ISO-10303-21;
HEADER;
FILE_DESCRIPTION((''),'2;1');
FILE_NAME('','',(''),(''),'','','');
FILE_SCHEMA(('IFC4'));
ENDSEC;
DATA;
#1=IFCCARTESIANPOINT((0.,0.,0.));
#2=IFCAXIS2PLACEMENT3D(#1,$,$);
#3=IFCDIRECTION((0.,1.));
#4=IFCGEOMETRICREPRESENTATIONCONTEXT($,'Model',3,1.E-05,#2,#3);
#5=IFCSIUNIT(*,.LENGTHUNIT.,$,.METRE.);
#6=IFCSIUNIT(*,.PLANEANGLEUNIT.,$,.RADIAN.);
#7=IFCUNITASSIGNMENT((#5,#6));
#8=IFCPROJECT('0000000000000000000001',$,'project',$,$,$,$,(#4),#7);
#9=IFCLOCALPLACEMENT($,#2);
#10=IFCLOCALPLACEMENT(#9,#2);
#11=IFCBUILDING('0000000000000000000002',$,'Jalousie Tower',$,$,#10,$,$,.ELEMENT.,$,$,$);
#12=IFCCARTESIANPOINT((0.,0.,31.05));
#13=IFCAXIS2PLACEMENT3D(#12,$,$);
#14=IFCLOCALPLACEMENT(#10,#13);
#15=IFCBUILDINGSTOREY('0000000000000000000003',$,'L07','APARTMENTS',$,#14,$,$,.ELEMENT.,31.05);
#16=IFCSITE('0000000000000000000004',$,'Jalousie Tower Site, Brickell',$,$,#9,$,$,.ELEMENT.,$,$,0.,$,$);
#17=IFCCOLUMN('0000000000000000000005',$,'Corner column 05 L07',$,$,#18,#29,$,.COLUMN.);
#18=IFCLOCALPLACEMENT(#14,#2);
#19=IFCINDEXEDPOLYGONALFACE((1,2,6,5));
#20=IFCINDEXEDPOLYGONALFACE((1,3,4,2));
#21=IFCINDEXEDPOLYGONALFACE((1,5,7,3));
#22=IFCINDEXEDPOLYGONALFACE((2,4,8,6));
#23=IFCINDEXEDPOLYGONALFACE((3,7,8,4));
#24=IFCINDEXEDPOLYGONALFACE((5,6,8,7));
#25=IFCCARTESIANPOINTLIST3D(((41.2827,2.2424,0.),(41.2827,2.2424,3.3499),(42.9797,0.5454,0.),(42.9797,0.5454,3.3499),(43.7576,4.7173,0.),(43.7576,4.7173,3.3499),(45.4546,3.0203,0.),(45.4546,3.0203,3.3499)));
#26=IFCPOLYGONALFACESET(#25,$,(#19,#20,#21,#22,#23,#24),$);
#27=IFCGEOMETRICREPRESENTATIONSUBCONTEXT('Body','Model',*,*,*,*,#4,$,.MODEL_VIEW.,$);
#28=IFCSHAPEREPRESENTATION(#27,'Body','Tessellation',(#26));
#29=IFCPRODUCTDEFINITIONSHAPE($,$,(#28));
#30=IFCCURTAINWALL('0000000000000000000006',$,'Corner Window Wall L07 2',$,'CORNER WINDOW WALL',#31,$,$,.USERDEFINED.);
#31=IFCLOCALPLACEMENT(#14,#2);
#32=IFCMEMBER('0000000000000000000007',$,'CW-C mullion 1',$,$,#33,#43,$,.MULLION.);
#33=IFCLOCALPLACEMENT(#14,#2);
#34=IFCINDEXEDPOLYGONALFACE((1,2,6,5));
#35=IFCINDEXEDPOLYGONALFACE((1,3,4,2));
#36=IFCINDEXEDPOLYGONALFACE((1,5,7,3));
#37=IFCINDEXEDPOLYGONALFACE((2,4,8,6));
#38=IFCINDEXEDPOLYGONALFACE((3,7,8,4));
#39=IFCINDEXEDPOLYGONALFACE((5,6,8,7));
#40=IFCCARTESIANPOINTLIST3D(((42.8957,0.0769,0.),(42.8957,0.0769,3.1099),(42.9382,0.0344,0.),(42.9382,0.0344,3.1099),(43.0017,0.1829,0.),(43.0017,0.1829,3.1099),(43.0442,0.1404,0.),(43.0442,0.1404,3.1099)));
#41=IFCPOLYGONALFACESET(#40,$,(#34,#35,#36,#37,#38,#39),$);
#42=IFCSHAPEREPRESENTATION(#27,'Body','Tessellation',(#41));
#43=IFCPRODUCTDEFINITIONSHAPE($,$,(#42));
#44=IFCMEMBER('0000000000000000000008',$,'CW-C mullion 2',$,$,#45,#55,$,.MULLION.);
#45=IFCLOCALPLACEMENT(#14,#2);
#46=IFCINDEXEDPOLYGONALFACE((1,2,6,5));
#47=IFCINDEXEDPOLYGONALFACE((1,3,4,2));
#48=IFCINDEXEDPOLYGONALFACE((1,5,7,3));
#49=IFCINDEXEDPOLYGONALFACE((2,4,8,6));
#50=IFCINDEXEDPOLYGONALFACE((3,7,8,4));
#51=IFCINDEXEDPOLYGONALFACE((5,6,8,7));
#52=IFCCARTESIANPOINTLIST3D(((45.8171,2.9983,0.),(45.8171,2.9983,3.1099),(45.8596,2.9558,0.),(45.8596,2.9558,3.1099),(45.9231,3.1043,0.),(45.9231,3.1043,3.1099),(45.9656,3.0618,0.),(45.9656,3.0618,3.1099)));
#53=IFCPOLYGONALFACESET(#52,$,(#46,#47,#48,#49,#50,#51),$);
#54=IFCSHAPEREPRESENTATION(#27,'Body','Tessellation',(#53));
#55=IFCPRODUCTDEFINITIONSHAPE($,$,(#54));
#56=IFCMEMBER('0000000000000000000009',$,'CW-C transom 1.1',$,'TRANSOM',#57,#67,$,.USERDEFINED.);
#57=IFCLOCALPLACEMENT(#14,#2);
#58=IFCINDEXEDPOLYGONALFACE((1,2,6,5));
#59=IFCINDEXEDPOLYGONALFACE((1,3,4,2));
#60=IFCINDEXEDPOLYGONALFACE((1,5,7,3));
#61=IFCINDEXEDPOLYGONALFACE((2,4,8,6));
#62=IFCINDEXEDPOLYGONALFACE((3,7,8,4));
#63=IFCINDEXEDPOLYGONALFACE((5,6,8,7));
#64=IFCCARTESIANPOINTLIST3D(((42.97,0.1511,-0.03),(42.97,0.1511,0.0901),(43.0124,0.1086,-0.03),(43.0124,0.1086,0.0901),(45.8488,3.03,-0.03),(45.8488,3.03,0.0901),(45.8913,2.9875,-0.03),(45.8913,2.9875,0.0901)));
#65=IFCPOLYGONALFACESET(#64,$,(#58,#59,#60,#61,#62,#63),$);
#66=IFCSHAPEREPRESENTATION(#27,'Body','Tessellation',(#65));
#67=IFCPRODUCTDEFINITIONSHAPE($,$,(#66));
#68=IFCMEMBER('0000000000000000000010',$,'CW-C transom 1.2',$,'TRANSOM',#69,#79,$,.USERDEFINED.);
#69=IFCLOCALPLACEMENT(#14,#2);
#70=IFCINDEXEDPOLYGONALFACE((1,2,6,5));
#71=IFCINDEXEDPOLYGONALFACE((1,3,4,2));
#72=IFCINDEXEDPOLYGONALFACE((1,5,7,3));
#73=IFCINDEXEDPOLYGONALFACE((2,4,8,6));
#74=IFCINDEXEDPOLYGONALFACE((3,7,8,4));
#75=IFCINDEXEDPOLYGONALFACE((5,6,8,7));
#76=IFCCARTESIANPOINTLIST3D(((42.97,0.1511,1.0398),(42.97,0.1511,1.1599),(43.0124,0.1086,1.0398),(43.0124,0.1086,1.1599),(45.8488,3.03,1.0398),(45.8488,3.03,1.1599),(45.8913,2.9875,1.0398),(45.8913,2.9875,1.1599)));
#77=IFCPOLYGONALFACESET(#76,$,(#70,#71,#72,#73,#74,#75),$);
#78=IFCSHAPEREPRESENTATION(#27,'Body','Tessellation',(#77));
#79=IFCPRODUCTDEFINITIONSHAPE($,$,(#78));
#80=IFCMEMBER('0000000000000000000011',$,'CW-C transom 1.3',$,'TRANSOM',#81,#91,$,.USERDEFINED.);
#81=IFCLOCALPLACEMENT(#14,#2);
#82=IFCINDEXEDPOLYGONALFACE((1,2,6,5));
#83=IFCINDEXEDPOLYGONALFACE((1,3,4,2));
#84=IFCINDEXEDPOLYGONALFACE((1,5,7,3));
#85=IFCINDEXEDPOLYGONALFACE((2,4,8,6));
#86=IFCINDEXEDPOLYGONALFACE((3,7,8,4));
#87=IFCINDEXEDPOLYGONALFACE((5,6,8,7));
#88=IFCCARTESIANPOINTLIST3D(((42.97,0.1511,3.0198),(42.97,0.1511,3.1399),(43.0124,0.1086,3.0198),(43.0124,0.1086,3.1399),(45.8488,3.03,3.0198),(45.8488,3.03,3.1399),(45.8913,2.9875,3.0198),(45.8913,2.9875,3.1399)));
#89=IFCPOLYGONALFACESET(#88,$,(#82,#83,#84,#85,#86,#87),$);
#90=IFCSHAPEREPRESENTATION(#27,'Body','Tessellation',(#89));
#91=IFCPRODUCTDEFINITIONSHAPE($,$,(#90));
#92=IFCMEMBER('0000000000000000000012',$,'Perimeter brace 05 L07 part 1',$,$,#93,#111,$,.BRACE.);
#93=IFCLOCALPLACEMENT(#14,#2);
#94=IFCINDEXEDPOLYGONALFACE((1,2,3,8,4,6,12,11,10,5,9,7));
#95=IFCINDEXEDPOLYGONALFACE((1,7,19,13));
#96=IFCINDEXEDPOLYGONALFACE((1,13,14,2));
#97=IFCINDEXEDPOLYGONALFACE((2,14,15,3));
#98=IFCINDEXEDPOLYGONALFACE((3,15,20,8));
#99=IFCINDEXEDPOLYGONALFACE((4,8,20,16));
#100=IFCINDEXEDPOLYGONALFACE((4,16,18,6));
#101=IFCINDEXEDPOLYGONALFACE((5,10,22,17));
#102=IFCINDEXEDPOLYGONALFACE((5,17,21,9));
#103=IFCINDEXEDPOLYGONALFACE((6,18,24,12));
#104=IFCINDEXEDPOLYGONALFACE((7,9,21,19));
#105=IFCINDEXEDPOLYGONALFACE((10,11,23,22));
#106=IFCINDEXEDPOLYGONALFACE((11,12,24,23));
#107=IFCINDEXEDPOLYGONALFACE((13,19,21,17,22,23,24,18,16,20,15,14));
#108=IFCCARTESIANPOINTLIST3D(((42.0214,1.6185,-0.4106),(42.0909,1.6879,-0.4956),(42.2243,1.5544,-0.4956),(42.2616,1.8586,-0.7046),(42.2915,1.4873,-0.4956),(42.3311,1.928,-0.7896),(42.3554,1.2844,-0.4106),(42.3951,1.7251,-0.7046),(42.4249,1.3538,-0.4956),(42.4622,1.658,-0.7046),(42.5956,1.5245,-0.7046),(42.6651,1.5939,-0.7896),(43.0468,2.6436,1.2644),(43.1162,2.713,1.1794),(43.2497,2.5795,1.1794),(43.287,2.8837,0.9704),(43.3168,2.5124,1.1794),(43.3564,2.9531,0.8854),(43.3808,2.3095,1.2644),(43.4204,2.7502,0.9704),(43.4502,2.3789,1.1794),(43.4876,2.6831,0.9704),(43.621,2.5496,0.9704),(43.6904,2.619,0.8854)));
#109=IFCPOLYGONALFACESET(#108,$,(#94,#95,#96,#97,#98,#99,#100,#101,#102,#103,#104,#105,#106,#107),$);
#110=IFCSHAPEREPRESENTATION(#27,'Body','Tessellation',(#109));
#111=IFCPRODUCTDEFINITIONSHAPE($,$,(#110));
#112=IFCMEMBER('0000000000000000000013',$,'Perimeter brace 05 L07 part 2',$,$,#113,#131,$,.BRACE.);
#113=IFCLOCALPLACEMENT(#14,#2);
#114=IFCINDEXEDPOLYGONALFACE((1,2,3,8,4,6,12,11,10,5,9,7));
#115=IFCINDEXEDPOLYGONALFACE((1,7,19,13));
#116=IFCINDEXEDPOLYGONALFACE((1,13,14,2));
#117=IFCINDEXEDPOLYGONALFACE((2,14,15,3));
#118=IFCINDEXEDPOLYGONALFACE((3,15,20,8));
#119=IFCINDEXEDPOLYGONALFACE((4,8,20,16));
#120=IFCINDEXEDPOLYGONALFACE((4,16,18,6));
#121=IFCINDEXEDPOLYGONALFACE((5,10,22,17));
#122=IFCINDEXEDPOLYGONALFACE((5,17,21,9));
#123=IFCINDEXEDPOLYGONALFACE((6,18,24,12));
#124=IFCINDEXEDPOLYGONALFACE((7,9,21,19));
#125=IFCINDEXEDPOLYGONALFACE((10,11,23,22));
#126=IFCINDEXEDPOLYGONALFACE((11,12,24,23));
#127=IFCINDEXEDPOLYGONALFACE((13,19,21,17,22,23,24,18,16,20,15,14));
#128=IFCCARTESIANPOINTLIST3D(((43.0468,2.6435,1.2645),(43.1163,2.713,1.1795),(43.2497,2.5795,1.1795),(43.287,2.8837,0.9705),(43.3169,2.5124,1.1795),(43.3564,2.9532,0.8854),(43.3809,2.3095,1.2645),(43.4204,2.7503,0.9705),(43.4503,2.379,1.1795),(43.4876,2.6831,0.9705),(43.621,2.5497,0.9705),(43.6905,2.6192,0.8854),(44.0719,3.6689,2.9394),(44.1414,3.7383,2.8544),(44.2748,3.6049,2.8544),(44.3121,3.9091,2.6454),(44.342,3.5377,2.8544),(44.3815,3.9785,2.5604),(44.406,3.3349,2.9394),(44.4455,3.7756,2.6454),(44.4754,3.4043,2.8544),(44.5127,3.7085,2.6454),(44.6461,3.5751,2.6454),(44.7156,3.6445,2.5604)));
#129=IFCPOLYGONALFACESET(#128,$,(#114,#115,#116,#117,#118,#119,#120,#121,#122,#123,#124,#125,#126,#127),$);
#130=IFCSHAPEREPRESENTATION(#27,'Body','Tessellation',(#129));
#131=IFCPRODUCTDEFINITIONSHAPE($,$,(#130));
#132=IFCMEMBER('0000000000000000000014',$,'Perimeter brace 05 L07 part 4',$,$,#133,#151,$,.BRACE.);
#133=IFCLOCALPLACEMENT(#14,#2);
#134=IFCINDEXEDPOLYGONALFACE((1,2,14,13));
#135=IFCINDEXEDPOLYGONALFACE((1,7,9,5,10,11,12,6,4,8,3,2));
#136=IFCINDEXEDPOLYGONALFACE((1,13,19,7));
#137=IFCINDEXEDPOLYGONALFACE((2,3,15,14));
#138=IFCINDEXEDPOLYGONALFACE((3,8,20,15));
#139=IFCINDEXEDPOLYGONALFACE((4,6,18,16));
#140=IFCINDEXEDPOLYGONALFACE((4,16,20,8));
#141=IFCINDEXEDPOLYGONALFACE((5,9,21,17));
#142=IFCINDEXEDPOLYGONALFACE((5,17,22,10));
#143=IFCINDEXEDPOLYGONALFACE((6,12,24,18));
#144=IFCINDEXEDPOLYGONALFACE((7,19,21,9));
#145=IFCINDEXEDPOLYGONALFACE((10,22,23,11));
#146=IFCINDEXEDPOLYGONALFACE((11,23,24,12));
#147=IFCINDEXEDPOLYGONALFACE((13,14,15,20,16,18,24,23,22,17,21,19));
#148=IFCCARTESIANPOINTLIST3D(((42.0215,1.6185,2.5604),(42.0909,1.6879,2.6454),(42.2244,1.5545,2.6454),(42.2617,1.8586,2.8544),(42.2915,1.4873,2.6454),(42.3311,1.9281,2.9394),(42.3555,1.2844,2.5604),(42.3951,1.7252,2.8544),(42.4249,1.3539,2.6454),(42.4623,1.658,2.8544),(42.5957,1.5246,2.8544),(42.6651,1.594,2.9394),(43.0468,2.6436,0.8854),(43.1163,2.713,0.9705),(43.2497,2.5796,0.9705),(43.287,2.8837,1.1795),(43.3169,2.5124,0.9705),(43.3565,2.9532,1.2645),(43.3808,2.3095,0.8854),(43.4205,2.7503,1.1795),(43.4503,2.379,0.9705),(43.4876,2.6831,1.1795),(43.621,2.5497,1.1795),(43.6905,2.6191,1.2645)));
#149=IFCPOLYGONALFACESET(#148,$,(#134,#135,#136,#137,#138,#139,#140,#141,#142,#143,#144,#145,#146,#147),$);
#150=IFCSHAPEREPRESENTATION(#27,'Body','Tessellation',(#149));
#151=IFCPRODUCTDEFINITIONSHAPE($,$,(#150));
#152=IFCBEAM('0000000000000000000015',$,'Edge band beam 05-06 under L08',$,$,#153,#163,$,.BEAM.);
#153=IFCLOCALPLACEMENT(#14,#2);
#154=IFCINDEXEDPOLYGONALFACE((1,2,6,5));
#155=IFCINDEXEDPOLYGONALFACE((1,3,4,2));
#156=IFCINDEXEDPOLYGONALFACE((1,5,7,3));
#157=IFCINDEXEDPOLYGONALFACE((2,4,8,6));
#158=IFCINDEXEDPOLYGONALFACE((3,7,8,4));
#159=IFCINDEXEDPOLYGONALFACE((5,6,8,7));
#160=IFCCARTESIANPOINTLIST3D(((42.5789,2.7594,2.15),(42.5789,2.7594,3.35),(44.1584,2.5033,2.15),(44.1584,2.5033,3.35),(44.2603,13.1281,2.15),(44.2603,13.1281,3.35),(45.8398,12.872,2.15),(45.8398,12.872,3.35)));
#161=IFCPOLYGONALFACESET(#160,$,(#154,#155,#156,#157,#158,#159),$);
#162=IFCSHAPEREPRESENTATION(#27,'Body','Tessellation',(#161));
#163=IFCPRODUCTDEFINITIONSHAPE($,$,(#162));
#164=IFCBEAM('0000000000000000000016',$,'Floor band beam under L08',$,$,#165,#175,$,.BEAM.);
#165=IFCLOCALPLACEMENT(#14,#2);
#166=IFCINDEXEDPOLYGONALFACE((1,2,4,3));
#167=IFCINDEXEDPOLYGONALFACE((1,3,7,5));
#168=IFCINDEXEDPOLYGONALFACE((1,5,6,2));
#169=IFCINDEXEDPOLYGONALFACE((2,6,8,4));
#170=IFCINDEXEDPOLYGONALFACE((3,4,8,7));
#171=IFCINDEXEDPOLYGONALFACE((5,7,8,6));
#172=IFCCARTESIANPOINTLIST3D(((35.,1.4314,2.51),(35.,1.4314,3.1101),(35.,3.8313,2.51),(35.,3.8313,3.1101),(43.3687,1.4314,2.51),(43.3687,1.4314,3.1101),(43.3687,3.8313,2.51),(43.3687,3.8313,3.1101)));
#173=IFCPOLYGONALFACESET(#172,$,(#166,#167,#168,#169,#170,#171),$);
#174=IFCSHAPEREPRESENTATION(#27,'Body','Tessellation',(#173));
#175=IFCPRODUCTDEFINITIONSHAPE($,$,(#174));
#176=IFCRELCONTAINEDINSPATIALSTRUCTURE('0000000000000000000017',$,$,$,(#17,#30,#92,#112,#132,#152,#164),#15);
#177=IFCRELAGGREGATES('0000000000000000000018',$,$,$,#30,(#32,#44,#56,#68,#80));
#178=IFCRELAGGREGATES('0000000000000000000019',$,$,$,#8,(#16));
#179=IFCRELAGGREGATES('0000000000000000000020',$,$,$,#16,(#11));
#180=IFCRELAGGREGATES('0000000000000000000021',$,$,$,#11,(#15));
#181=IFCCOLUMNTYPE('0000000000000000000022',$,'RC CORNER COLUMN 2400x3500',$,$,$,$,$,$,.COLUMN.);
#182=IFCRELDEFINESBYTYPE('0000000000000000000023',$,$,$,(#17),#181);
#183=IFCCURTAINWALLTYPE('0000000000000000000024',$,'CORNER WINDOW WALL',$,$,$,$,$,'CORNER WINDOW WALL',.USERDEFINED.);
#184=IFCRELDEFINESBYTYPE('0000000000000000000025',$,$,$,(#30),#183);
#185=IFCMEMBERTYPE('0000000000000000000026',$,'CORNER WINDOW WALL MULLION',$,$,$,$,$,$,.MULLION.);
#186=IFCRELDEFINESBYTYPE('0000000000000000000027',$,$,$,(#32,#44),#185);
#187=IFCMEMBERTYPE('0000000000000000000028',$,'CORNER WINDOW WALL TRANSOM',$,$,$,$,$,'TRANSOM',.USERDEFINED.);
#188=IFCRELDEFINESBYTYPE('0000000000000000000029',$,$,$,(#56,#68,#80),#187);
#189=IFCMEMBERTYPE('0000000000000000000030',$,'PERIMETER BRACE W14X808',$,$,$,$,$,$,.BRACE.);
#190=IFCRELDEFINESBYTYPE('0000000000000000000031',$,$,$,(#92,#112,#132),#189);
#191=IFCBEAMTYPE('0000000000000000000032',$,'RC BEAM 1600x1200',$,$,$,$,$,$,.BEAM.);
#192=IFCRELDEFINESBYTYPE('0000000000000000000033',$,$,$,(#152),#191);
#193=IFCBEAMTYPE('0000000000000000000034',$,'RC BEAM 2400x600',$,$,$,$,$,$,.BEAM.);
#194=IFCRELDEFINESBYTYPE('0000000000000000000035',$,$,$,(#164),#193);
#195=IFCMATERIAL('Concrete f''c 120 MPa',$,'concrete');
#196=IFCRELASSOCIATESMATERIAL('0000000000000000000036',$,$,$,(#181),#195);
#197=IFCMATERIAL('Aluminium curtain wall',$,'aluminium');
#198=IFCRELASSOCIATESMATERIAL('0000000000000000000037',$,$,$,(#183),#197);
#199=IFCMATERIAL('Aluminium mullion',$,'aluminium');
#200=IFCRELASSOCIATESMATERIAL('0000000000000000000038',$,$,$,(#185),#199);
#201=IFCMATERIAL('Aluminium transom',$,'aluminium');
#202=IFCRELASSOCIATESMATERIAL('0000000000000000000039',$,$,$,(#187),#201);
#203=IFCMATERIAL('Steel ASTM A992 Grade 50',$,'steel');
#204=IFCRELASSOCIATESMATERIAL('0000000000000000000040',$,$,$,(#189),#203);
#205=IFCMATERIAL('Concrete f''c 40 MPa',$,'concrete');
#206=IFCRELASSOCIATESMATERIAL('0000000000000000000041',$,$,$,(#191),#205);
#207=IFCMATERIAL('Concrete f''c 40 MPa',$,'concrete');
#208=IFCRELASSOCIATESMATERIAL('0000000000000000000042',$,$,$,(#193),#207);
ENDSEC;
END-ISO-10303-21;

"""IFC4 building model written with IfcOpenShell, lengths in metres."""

from ifc_helpers import new_model, si_unit, direction, frame, origin, origin_2d, place, context, subcontext, project, spatial, rectangle, i_section, extrude, material, material_profile, profile_set, type_object, element, aggregate, save


model = new_model("IFC4")

# Units and contexts
model_context = context("Model", 3, precision=1e-05, world=origin(), true_north=direction((0.0, 1.0)))
body_context = subcontext(model_context, "Body", "Model", "MODEL_VIEW")
ifc_project = project(units=[si_unit("LENGTHUNIT", "METRE"), si_unit("PLANEANGLEUNIT", "RADIAN")], contexts=[model_context])

# Site, building, storey
site_placement = place(None, origin())
site = spatial("IfcSite", under=ifc_project, at=site_placement, Name="Jalousie Tower Site, Brickell", CompositionType="ELEMENT", RefElevation=0.0)
building_placement = place(site_placement, origin())
building = spatial("IfcBuilding", under=site, at=building_placement, Name="Jalousie Tower", CompositionType="ELEMENT")
storey_placement = place(building_placement, frame((0.0, 0.0, 31.05)))
storey = spatial("IfcBuildingStorey", under=building, at=storey_placement, Name="L07", Description="APARTMENTS", CompositionType="ELEMENT", Elevation=31.05)

# Column
ifc_material_1 = material(Name="Concrete f'c 120 MPa", Category="concrete")
ifc_material_profile_1 = material_profile(ifc_material_1, rectangle(XDim=2.3999, YDim=3.5, at=origin_2d()), Name="RC 2400x3500")
ifc_profile_set_1 = profile_set([ifc_material_profile_1], Name="Concrete f'c 120 MPa")
column_type = type_object("IfcColumnType", Name="RC CORNER COLUMN 2400x3500", PredefinedType="COLUMN", material=ifc_profile_set_1)
column_placement = place(storey_placement, frame((43.3687, 2.6313, 0.0), z_axis=(0.0, 0.0, 1.0), x_axis=(-0.707107, 0.707107, 0.0)))
element("IfcColumn", 1, at=column_placement, inside=storey, type_object=column_type, Name="Corner column 05 L07", PredefinedType="COLUMN", context=body_context, shape_type="SweptSolid", body=[
    extrude(rectangle(XDim=2.3999, YDim=3.5, at=origin_2d()), origin(), (0.0, 0.0, 1.0), 3.3499),
])

# Curtain wall, members
ifc_material_2 = material(Name="Aluminium curtain wall", Category="aluminium")
curtain_wall_type_1 = type_object("IfcCurtainWallType", Name="CORNER WINDOW WALL", ElementType="CORNER WINDOW WALL", PredefinedType="USERDEFINED", material=ifc_material_2)
curtain_wall_1_placement = place(storey_placement, origin())
curtain_wall_1 = element("IfcCurtainWall", 2, at=curtain_wall_1_placement, inside=storey, type_object=curtain_wall_type_1, Name="Corner Window Wall L07 2", ObjectType="CORNER WINDOW WALL", PredefinedType="USERDEFINED")
ifc_material_3 = material(Name="Aluminium mullion", Category="aluminium")
ifc_material_profile_2 = material_profile(ifc_material_3, rectangle(XDim=0.0601, YDim=0.1499, at=origin_2d()), Name="MULLION 60x150")
ifc_profile_set_2 = profile_set([ifc_material_profile_2], Name="Aluminium mullion")
member_type_1 = type_object("IfcMemberType", Name="CORNER WINDOW WALL MULLION", PredefinedType="MULLION", material=ifc_profile_set_2)
member_1_placement = place(storey_placement, frame((42.97, 0.1086, 0.0), z_axis=(0.0, 0.0, 1.0), x_axis=(-0.707107, 0.707107, 0.0)))
member_1 = element("IfcMember", 3, at=member_1_placement, type_object=member_type_1, Name="CW-C mullion 1", PredefinedType="MULLION", context=body_context, shape_type="SweptSolid", body=[
    extrude(rectangle(XDim=0.0601, YDim=0.1499, at=origin_2d()), origin(), (0.0, 0.0, 1.0), 3.1099),
])
member_2_placement = place(storey_placement, frame((45.8914, 3.03, 0.0), z_axis=(0.0, 0.0, 1.0), x_axis=(-0.707107, 0.707107, 0.0)))
member_2 = element("IfcMember", 4, at=member_2_placement, type_object=member_type_1, Name="CW-C mullion 2", PredefinedType="MULLION", context=body_context, shape_type="SweptSolid", body=[
    extrude(rectangle(XDim=0.0601, YDim=0.1499, at=origin_2d()), origin(), (0.0, 0.0, 1.0), 3.1099),
])
ifc_material_4 = material(Name="Aluminium transom", Category="aluminium")
ifc_material_profile_3 = material_profile(ifc_material_4, rectangle(XDim=0.0601, YDim=0.1201, at=origin_2d()), Name="TRANSOM 60x120")
ifc_profile_set_3 = profile_set([ifc_material_profile_3], Name="Aluminium transom")
member_type_2 = type_object("IfcMemberType", Name="CORNER WINDOW WALL TRANSOM", ElementType="TRANSOM", PredefinedType="USERDEFINED", material=ifc_profile_set_3)
member_3_placement = place(storey_placement, frame((42.9912, 0.1299, 0.03), z_axis=(0.707107, 0.707107, 0.0), x_axis=(-0.707107, 0.707107, 0.0)))
member_3 = element("IfcMember", 5, at=member_3_placement, type_object=member_type_2, Name="CW-C transom 1.1", ObjectType="TRANSOM", PredefinedType="USERDEFINED", context=body_context, shape_type="SweptSolid", body=[
    extrude(rectangle(XDim=0.0601, YDim=0.1201, at=origin_2d()), origin(), (0.0, 0.0, 1.0), 4.0713),
])
member_4_placement = place(storey_placement, frame((42.9912, 0.1299, 1.0999), z_axis=(0.707107, 0.707107, 0.0), x_axis=(-0.707107, 0.707107, 0.0)))
member_4 = element("IfcMember", 6, at=member_4_placement, type_object=member_type_2, Name="CW-C transom 1.2", ObjectType="TRANSOM", PredefinedType="USERDEFINED", context=body_context, shape_type="SweptSolid", body=[
    extrude(rectangle(XDim=0.0601, YDim=0.1201, at=origin_2d()), origin(), (0.0, 0.0, 1.0), 4.0713),
])
member_5_placement = place(storey_placement, frame((42.9912, 0.1299, 3.0798), z_axis=(0.707107, 0.707107, 0.0), x_axis=(-0.707107, 0.707107, 0.0)))
member_5 = element("IfcMember", 7, at=member_5_placement, type_object=member_type_2, Name="CW-C transom 1.3", ObjectType="TRANSOM", PredefinedType="USERDEFINED", context=body_context, shape_type="SweptSolid", body=[
    extrude(rectangle(XDim=0.0601, YDim=0.1201, at=origin_2d()), origin(), (0.0, 0.0, 1.0), 4.0713),
])

# Members
ifc_material_5 = material(Name="Steel ASTM A992 Grade 50", Category="steel")
ifc_material_profile_4 = material_profile(ifc_material_5, i_section(OverallWidth=0.4724, OverallDepth=0.5791, WebThickness=0.095, FlangeThickness=0.1299, at=origin_2d()), Name="W14X808")
ifc_profile_set_4 = profile_set([ifc_material_profile_4], Name="Steel ASTM A992 Grade 50")
member_type_3 = type_object("IfcMemberType", Name="PERIMETER BRACE W14X808", PredefinedType="BRACE", material=ifc_profile_set_4)
for number, where, z_axis, x_axis, name in (
    (8, (42.3433, 1.6062, -0.6001), (0.46284, 0.46273, 0.756082), (-0.707023, 0.707191, 0.0), "Perimeter brace 05 L07 part 1"),
    (9, (43.3687, 2.6313, 1.075), (0.46273, 0.46284, 0.756082), (-0.707191, 0.707023, 0.0), "Perimeter brace 05 L07 part 2"),
    (10, (43.3687, 2.6313, 1.075), (-0.46284, -0.46273, 0.756082), (0.707023, -0.707191, 0.0), "Perimeter brace 05 L07 part 4"),
):
    element("IfcMember", number, at=place(storey_placement, frame(where, z_axis=z_axis, x_axis=x_axis)), inside=storey, type_object=member_type_3, Name=name, PredefinedType="BRACE", context=body_context, shape_type="SweptSolid", body=[
        extrude(i_section(OverallWidth=0.4724, OverallDepth=0.5791, WebThickness=0.095, FlangeThickness=0.1299, at=origin_2d()), origin(), (0.0, 0.0, 1.0), 2.2153),
    ])

# Beams
ifc_material_6 = material(Name="Concrete f'c 40 MPa", Category="concrete")
ifc_material_profile_5 = material_profile(ifc_material_6, rectangle(XDim=1.6001, YDim=1.2, at=origin_2d()), Name="RC 1600x1200")
ifc_profile_set_5 = profile_set([ifc_material_profile_5], Name="Concrete f'c 40 MPa")
beam_type_1 = type_object("IfcBeamType", Name="RC BEAM 1600x1200", PredefinedType="BEAM", material=ifc_profile_set_5)
beam_1_placement = place(storey_placement, frame((43.3687, 2.6313, 2.75), z_axis=(0.160071, 0.987106, 0.0), x_axis=(-0.987106, 0.160071, 0.0)))
element("IfcBeam", 11, at=beam_1_placement, inside=storey, type_object=beam_type_1, Name="Edge band beam 05-06 under L08", PredefinedType="BEAM", context=body_context, shape_type="SweptSolid", body=[
    extrude(rectangle(XDim=1.6001, YDim=1.2, at=origin_2d()), origin(), (0.0, 0.0, 1.0), 10.5042),
])
ifc_material_7 = material(Name="Concrete f'c 40 MPa", Category="concrete")
ifc_material_profile_6 = material_profile(ifc_material_7, rectangle(XDim=2.3999, YDim=0.6001, at=origin_2d()), Name="RC 2400x600")
ifc_profile_set_6 = profile_set([ifc_material_profile_6], Name="Concrete f'c 40 MPa")
beam_type_2 = type_object("IfcBeamType", Name="RC BEAM 2400x600", PredefinedType="BEAM", material=ifc_profile_set_6)
beam_2_placement = place(storey_placement, frame((43.3687, 2.6313, 2.8101), z_axis=(-1.0, 0.0, 0.0), x_axis=(0.0, -1.0, 0.0)))
element("IfcBeam", 12, at=beam_2_placement, inside=storey, type_object=beam_type_2, Name="Floor band beam under L08", PredefinedType="BEAM", context=body_context, shape_type="SweptSolid", body=[
    extrude(rectangle(XDim=2.3999, YDim=0.6001, at=origin_2d()), origin(), (0.0, 0.0, 1.0), 8.3687),
])

aggregate(curtain_wall_1, [member_1, member_2, member_3, member_4, member_5])

save(model, "model.ifc")
